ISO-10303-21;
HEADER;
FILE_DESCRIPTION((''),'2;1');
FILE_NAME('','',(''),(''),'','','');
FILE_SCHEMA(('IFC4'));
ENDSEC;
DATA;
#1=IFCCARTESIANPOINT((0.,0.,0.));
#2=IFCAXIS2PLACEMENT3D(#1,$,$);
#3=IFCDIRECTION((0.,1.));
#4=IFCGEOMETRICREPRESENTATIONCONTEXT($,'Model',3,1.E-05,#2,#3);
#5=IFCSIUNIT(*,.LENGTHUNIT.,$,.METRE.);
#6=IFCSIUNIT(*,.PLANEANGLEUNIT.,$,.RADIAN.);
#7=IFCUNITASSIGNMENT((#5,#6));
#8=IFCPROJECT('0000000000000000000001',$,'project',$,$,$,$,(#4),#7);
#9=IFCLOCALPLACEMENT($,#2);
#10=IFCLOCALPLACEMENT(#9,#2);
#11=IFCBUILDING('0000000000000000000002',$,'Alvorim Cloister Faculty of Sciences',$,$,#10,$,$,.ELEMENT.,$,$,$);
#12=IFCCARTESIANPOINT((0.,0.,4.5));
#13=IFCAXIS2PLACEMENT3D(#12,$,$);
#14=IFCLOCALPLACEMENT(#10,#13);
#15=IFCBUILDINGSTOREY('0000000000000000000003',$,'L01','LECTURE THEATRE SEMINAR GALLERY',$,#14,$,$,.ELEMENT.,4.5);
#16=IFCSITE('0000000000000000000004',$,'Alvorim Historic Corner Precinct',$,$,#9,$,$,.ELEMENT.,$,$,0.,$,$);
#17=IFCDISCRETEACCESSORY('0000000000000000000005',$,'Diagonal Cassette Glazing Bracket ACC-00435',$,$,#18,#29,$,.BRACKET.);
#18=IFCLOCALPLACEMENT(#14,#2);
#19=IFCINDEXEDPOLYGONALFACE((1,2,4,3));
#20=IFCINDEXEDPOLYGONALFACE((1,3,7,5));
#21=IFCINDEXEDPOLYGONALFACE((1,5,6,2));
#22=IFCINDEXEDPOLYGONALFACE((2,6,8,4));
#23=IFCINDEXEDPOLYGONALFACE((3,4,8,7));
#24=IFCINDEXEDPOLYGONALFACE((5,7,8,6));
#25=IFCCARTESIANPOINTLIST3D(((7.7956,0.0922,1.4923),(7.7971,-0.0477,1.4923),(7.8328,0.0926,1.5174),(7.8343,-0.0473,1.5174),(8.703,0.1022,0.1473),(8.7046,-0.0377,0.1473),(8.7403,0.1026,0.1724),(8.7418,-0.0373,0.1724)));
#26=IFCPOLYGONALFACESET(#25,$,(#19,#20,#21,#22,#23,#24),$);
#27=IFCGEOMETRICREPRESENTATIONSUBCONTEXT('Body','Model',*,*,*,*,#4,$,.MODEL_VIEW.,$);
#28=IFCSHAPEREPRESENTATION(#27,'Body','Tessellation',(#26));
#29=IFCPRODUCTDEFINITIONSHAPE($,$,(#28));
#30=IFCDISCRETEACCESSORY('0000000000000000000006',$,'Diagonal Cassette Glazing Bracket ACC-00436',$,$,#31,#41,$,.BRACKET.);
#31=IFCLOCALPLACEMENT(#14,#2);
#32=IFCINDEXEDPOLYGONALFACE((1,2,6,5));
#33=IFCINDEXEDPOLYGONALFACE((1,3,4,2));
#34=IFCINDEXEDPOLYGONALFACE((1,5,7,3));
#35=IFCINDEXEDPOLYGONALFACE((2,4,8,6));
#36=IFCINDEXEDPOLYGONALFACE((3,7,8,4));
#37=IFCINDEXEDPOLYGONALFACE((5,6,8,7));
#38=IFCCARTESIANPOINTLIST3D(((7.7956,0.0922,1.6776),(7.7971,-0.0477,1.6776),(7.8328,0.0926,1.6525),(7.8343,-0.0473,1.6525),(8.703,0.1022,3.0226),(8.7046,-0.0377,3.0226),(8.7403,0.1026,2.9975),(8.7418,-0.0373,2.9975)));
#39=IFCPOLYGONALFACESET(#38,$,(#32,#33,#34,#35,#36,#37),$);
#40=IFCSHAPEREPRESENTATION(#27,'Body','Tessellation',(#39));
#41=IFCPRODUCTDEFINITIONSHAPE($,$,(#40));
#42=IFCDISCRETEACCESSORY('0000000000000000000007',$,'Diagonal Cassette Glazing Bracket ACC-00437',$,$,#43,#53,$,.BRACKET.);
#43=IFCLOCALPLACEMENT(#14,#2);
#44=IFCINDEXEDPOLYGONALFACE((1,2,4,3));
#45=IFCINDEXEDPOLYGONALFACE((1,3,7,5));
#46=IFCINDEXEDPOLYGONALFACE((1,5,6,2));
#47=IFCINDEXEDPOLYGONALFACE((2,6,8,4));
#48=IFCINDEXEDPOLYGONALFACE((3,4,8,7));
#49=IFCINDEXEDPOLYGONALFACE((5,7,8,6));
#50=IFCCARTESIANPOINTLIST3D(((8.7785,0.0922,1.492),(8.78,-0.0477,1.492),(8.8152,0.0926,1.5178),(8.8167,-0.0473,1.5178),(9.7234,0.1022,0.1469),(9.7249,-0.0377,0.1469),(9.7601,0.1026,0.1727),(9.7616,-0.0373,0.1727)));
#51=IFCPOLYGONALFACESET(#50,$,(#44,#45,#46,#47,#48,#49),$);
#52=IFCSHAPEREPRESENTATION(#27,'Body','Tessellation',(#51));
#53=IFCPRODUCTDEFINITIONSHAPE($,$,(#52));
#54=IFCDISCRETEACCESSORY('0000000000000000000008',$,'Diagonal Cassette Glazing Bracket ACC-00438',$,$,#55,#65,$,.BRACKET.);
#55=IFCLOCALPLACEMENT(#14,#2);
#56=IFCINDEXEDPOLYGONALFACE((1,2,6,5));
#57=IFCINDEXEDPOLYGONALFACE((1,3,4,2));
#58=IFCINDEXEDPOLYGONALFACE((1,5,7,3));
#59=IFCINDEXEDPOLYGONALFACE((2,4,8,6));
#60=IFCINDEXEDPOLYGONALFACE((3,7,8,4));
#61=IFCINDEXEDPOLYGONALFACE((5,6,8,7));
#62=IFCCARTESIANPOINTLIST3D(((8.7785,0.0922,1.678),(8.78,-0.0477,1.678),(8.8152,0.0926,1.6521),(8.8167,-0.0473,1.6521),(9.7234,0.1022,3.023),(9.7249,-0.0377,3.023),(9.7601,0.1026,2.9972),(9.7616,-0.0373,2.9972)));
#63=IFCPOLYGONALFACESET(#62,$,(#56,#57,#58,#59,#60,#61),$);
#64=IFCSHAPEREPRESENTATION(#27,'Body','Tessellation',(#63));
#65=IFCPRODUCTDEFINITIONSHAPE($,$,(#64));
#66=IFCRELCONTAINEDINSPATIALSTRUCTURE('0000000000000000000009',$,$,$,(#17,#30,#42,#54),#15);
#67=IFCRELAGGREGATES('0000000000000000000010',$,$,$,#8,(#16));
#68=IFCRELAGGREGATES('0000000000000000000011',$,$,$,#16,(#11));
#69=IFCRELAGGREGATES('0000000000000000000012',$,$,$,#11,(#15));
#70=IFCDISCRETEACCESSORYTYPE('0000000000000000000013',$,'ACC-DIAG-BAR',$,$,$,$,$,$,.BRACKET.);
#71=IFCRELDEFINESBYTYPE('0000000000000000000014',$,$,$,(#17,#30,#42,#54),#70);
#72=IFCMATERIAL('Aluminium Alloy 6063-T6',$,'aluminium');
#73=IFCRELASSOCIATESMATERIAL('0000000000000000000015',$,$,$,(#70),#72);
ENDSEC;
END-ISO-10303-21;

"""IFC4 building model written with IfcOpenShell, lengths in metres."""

from ifc_helpers import new_model, si_unit, direction, frame, origin, origin_2d, place, context, subcontext, project, spatial, rectangle, extrude, material, type_object, element, save


model = new_model("IFC4")

# Units and contexts
model_context = context("Model", 3, precision=1e-05, world=origin(), true_north=direction((0.0, 1.0)))
body_context = subcontext(model_context, "Body", "Model", "MODEL_VIEW")
ifc_project = project(units=[si_unit("LENGTHUNIT", "METRE"), si_unit("PLANEANGLEUNIT", "RADIAN")], contexts=[model_context])

# Site, building, storey
site_placement = place(None, origin())
site = spatial("IfcSite", under=ifc_project, at=site_placement, Name="Alvorim Historic Corner Precinct", CompositionType="ELEMENT", RefElevation=0.0)
building_placement = place(site_placement, origin())
building = spatial("IfcBuilding", under=site, at=building_placement, Name="Alvorim Cloister Faculty of Sciences", CompositionType="ELEMENT")
storey_placement = place(building_placement, frame((0.0, 0.0, 4.5)))
storey = spatial("IfcBuildingStorey", under=building, at=storey_placement, Name="L01", Description="LECTURE THEATRE SEMINAR GALLERY", CompositionType="ELEMENT", Elevation=4.5)

# Shared definitions
ifc_material_1 = material(Name="Aluminium Alloy 6063-T6", Category="aluminium")

# Discrete accessories
discrete_accessory_type = type_object("IfcDiscreteAccessoryType", Name="ACC-DIAG-BAR", PredefinedType="BRACKET", material=ifc_material_1)
for number, where, z_axis, x_axis, name in (
    (1, (7.8149, 0.0225, 1.5049), (0.559299, 0.006169, -0.828943), (-0.01103, 0.999939, 0.0), "Diagonal Cassette Glazing Bracket ACC-00435"),
    (2, (7.8149, 0.0225, 1.665), (0.559299, 0.006169, 0.828943), (-0.01103, 0.999939, 0.0), "Diagonal Cassette Glazing Bracket ACC-00436"),
):
    element("IfcDiscreteAccessory", number, at=place(storey_placement, frame(where, z_axis=z_axis, x_axis=x_axis)), inside=storey, type_object=discrete_accessory_type, Name=name, PredefinedType="BRACKET", context=body_context, shape_type="SweptSolid", body=[
        extrude(rectangle(XDim=0.1399, YDim=0.0449, at=origin_2d()), origin(), (0.0, 0.0, 1.0), 1.6226),
    ])
for number, where, z_axis, x_axis, name in (
    (3, (8.7976, 0.0225, 1.5049), (0.574817, 0.00609, -0.81826), (-0.010594, 0.999944, 0.0), "Diagonal Cassette Glazing Bracket ACC-00437"),
    (4, (8.7976, 0.0225, 1.665), (0.574817, 0.00609, 0.81826), (-0.010594, 0.999944, 0.0), "Diagonal Cassette Glazing Bracket ACC-00438"),
):
    element("IfcDiscreteAccessory", number, at=place(storey_placement, frame(where, z_axis=z_axis, x_axis=x_axis)), inside=storey, type_object=discrete_accessory_type, Name=name, PredefinedType="BRACKET", context=body_context, shape_type="SweptSolid", body=[
        extrude(rectangle(XDim=0.1399, YDim=0.0449, at=origin_2d()), origin(), (0.0, 0.0, 1.0), 1.6438),
    ])

save(model, "model.ifc")
